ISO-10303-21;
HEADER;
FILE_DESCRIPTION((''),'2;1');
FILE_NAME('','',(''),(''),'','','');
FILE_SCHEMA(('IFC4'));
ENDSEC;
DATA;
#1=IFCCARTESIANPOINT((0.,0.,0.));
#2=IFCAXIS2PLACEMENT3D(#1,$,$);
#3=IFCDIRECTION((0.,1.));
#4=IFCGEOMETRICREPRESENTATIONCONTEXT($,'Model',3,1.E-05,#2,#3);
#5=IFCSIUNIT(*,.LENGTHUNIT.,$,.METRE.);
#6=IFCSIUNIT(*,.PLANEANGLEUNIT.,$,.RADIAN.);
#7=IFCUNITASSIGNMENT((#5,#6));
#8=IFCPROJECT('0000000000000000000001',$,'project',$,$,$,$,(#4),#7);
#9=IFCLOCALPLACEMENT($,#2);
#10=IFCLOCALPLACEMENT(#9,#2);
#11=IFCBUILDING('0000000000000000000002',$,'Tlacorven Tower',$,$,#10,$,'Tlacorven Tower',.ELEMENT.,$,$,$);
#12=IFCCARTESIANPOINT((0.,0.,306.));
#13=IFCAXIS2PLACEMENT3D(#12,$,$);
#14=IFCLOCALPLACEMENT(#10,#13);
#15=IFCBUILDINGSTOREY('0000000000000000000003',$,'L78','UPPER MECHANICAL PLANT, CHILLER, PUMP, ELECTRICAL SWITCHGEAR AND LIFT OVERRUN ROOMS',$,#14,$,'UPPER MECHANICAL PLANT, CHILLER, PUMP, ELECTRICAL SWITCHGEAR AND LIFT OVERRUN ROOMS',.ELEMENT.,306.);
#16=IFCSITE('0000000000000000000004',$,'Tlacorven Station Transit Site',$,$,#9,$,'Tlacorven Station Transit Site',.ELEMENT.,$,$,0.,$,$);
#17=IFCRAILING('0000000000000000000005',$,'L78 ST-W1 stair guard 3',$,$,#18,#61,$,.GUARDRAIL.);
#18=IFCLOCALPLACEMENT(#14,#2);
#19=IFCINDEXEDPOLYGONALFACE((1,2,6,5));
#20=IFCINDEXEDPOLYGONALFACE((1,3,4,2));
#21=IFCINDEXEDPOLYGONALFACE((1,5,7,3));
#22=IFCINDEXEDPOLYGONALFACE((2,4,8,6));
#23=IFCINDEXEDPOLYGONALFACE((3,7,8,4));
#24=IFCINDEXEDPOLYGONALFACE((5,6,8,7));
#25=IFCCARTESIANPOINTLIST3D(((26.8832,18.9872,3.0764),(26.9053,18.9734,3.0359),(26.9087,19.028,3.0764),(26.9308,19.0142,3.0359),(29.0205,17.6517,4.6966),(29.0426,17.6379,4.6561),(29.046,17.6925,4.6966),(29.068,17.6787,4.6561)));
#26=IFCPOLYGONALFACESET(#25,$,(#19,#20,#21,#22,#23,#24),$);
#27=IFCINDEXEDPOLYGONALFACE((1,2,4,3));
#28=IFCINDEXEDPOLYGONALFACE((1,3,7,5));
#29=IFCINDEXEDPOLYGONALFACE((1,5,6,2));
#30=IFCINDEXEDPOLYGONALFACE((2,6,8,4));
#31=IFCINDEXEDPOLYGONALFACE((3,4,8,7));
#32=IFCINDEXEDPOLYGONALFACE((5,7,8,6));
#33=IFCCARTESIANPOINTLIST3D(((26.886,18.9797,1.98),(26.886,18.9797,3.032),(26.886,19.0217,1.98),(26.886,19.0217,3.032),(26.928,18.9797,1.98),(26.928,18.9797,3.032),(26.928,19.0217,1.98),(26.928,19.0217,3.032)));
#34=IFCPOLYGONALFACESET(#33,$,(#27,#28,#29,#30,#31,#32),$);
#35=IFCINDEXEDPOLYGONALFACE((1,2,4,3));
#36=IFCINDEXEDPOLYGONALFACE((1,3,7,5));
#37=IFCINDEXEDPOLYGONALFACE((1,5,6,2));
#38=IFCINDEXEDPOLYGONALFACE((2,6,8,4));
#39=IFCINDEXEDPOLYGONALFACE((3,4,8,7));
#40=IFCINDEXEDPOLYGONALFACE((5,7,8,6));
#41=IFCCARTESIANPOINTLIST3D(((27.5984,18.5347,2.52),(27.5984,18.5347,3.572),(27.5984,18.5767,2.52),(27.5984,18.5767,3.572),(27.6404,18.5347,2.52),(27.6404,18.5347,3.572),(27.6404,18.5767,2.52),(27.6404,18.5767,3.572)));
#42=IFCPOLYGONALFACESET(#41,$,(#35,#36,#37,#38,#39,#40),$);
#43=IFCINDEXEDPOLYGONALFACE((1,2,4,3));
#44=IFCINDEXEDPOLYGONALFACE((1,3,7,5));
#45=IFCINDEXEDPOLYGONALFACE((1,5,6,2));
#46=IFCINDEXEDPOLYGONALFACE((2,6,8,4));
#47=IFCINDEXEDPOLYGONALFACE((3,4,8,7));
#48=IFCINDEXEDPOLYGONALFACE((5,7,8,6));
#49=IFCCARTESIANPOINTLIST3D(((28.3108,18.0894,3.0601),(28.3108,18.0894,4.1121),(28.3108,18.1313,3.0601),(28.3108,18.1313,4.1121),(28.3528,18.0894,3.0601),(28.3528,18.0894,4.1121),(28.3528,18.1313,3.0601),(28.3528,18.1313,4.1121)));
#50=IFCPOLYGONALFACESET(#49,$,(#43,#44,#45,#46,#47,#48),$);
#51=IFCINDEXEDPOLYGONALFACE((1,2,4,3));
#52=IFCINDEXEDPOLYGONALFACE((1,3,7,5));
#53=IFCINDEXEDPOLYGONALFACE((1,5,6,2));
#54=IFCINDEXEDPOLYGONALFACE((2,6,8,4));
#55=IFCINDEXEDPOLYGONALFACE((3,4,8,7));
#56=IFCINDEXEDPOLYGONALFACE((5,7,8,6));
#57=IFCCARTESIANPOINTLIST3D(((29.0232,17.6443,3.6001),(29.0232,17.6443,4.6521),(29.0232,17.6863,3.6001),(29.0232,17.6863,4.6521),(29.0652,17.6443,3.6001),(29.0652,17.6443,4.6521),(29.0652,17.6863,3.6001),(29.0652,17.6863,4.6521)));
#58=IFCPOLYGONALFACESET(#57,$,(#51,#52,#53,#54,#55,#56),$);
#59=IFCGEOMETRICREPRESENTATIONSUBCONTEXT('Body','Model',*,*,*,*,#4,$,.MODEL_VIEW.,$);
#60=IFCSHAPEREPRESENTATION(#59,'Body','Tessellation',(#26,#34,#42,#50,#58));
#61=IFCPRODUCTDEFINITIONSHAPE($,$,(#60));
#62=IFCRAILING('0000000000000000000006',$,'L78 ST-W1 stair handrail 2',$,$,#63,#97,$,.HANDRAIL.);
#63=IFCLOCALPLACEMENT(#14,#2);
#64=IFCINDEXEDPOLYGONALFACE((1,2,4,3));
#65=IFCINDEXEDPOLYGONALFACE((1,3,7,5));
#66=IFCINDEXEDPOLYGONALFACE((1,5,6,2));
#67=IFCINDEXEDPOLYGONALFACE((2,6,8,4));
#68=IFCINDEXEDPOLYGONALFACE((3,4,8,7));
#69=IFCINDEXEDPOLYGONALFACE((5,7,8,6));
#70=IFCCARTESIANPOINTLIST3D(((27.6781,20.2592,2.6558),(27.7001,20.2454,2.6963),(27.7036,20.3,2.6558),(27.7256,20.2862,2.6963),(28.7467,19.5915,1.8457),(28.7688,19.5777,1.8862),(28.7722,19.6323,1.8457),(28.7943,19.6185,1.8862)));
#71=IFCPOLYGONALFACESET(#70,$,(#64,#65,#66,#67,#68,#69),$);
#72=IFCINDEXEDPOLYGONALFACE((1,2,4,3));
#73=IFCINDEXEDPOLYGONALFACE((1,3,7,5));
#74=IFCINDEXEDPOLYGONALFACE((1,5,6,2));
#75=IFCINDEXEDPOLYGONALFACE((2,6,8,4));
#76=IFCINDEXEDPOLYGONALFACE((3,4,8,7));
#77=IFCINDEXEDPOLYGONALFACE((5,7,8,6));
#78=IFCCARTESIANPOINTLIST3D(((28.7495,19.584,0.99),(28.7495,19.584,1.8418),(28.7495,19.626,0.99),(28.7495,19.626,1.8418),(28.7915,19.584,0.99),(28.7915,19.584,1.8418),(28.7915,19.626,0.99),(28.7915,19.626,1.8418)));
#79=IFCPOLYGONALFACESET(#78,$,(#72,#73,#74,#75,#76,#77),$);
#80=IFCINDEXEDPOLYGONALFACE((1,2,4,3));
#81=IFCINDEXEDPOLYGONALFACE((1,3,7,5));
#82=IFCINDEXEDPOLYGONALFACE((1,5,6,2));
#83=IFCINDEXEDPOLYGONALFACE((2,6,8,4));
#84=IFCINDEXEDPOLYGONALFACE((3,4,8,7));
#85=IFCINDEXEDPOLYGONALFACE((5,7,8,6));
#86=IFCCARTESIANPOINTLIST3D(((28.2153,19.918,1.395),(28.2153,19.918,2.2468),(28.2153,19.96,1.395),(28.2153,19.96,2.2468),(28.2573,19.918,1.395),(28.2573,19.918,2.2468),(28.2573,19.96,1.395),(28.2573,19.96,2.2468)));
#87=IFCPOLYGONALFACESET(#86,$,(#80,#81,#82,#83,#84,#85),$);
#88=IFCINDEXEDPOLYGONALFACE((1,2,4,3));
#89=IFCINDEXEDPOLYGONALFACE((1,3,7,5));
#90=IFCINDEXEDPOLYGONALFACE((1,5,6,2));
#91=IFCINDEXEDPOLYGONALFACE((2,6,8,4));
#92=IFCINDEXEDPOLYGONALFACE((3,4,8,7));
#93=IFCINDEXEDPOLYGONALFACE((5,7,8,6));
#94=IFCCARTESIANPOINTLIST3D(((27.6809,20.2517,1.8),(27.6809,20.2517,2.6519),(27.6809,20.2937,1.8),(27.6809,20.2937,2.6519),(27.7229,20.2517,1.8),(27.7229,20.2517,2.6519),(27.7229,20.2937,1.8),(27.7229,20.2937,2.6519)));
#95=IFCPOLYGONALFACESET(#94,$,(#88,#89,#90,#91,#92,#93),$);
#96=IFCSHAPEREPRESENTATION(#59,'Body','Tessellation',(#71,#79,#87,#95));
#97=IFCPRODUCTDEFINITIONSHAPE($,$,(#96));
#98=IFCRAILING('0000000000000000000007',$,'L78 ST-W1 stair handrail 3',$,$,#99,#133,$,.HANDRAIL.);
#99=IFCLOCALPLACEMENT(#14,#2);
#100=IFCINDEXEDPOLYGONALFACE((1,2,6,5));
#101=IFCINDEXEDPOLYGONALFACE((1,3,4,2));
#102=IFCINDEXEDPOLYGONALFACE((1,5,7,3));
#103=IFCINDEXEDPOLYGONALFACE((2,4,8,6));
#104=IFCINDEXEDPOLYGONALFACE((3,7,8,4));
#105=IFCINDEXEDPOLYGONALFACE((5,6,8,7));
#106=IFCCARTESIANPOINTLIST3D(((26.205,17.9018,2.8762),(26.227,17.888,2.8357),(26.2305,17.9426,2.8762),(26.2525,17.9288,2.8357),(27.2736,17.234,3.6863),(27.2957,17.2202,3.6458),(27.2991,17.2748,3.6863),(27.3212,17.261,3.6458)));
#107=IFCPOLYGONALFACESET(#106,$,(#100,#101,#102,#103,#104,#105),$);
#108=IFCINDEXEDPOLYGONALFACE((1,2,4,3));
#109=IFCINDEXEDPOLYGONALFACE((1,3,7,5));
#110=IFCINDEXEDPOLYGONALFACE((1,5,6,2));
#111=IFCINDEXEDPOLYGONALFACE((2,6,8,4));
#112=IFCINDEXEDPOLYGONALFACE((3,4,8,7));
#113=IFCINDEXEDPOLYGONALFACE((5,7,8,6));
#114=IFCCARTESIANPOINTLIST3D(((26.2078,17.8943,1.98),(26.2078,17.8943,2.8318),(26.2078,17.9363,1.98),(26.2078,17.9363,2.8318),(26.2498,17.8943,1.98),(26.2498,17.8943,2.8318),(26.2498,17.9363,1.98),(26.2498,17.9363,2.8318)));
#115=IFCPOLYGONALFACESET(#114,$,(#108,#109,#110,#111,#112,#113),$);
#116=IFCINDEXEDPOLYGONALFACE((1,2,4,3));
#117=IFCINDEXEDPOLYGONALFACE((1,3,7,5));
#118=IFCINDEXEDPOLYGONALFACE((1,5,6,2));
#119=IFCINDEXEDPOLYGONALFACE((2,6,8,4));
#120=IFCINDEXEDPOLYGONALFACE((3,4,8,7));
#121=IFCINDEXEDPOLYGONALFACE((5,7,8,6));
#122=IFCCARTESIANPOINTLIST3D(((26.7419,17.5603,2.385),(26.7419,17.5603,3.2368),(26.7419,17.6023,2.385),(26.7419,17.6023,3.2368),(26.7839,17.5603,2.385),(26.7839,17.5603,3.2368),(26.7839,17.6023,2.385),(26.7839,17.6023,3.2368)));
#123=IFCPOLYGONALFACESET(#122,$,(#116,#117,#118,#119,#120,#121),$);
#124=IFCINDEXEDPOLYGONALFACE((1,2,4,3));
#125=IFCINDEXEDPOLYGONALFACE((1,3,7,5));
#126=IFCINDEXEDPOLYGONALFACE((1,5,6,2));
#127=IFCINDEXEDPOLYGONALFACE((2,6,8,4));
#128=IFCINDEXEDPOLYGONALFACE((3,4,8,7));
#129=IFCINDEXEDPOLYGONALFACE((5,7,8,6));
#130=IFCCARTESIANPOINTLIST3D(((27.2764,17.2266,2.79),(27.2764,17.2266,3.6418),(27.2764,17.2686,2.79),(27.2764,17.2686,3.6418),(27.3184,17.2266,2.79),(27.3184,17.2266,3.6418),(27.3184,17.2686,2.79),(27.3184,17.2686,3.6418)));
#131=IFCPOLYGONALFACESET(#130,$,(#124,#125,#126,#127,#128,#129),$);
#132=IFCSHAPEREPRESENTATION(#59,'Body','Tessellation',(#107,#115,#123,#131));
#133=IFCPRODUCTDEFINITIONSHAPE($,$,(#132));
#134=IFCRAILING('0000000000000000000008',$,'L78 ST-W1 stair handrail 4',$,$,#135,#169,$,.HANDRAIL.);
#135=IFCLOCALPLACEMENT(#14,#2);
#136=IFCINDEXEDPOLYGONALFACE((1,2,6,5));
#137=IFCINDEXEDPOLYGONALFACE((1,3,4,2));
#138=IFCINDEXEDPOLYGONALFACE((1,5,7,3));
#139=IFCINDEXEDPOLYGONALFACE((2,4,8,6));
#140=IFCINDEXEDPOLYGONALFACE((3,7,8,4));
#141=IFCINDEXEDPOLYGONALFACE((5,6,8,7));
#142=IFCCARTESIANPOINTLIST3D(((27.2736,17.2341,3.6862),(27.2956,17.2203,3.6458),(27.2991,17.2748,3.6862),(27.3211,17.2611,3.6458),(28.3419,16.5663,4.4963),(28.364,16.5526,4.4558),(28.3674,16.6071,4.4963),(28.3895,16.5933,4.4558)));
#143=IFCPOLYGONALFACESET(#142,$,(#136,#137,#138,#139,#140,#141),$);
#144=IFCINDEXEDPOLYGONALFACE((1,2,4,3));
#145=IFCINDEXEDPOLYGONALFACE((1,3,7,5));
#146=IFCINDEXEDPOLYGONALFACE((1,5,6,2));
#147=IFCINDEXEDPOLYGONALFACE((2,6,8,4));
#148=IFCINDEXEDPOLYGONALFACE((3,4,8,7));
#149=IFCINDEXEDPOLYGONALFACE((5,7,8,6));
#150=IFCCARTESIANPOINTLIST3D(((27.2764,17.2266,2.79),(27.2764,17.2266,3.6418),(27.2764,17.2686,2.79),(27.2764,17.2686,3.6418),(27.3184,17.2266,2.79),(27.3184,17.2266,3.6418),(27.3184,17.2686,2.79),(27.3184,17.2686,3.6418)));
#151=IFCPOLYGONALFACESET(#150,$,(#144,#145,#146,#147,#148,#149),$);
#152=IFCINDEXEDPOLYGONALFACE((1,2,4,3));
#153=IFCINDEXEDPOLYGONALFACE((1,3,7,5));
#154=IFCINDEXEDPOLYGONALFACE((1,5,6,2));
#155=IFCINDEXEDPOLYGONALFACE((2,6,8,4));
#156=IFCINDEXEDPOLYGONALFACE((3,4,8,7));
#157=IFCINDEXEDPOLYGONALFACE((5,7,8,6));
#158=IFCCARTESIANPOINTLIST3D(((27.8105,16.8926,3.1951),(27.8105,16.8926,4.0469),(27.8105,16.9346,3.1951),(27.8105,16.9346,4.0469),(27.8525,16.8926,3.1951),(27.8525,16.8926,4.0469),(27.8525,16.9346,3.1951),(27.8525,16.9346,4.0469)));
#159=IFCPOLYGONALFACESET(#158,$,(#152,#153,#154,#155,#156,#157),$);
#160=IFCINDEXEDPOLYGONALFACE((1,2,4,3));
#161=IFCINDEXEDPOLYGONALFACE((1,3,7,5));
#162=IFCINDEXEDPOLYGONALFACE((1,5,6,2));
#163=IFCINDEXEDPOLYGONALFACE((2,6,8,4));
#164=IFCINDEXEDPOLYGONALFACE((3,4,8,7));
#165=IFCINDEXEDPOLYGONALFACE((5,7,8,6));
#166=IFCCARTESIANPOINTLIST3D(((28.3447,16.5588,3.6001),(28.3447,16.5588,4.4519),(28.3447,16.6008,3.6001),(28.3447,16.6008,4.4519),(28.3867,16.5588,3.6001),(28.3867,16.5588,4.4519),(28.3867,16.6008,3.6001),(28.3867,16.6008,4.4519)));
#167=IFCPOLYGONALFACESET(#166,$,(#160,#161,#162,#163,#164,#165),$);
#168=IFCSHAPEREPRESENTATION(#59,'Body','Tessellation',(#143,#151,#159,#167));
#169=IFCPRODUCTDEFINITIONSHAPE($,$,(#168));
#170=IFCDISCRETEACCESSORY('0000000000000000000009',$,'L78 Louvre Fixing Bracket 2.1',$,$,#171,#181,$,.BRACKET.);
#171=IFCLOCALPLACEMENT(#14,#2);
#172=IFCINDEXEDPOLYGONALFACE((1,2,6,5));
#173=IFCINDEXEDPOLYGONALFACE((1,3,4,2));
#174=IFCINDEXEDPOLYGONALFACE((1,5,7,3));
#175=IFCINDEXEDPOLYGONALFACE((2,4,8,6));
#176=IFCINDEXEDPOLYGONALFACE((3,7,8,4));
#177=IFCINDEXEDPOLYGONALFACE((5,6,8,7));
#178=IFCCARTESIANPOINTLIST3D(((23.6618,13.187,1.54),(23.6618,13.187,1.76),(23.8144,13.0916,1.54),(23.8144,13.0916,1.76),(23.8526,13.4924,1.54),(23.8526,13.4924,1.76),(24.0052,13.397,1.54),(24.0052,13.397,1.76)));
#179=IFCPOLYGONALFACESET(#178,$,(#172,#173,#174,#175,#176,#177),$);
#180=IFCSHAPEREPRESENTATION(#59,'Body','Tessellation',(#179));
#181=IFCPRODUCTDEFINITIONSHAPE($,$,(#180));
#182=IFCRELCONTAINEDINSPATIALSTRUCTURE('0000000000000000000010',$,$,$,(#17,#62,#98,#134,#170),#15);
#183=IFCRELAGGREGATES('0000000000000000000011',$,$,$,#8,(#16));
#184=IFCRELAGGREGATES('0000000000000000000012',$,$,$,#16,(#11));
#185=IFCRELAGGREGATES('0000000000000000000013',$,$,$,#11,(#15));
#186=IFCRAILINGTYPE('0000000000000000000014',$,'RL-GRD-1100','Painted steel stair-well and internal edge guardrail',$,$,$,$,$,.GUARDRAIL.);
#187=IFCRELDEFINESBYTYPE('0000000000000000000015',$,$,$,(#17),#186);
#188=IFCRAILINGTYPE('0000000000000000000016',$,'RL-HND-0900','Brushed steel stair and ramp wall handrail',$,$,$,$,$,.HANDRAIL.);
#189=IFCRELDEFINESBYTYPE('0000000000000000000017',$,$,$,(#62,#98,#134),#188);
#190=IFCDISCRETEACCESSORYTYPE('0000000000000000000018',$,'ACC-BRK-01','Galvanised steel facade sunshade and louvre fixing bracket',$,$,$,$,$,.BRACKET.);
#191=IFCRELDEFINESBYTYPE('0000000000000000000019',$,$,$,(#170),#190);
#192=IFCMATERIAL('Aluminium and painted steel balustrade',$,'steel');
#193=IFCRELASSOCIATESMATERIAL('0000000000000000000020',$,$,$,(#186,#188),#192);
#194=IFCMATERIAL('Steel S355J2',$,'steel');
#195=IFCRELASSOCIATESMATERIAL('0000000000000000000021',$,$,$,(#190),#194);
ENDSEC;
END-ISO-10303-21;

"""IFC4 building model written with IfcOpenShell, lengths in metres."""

from ifc_helpers import new_model, si_unit, direction, frame, origin, origin_2d, place, context, subcontext, project, spatial, rectangle, extrude, source, transform, mapped, material, type_object, element, save


model = new_model("IFC4")

# Units and contexts
model_context = context("Model", 3, precision=1e-05, world=origin(), true_north=direction((0.0, 1.0)))
body_context = subcontext(model_context, "Body", "Model", "MODEL_VIEW")
ifc_project = project(units=[si_unit("LENGTHUNIT", "METRE"), si_unit("PLANEANGLEUNIT", "RADIAN")], contexts=[model_context])

# Site, building, storey
site_placement = place(None, origin())
site = spatial("IfcSite", under=ifc_project, at=site_placement, Name="Tlacorven Station Transit Site", LongName="Tlacorven Station Transit Site", CompositionType="ELEMENT", RefElevation=0.0)
building_placement = place(site_placement, origin())
building = spatial("IfcBuilding", under=site, at=building_placement, Name="Tlacorven Tower", LongName="Tlacorven Tower", CompositionType="ELEMENT")
storey_placement = place(building_placement, frame((0.0, 0.0, 306.0)))
storey = spatial("IfcBuildingStorey", under=building, at=storey_placement, Name="L78", Description="UPPER MECHANICAL PLANT, CHILLER, PUMP, ELECTRICAL SWITCHGEAR AND LIFT OVERRUN ROOMS", LongName="UPPER MECHANICAL PLANT, CHILLER, PUMP, ELECTRICAL SWITCHGEAR AND LIFT OVERRUN ROOMS", CompositionType="ELEMENT", Elevation=306.0)

# Shared definitions
ifc_material_1 = material(Name="Steel S355J2", Category="steel")

# Shared definitions
ifc_material_2 = material(Name="Aluminium and painted steel balustrade", Category="steel")
railing_type_1 = type_object("IfcRailingType", Name="RL-GRD-1100", Description="Painted steel stair-well and internal edge guardrail", PredefinedType="GUARDRAIL", material=ifc_material_2)

# Railings
shared_shape_1 = source(origin(), body_context, "Body", "SweptSolid", [
    extrude(rectangle(XDim=0.0481, YDim=0.0481, at=origin_2d()), frame((0.0, 0.0, 1.0762), z_axis=(0.71336, -0.445748, 0.540765), x_axis=(0.529912, 0.848053, 0.0)), (0.0, 0.0, 1.0), 2.9961),
    extrude(rectangle(XDim=0.042, YDim=0.042, at=origin_2d()), origin(), (0.0, 0.0, 1.0), 1.052),
    extrude(rectangle(XDim=0.042, YDim=0.042, at=origin_2d()), frame((0.7124, -0.4451, 0.54)), (0.0, 0.0, 1.0), 1.052),
    extrude(rectangle(XDim=0.042, YDim=0.042, at=origin_2d()), frame((1.4248, -0.8904, 1.0801)), (0.0, 0.0, 1.0), 1.052),
    extrude(rectangle(XDim=0.042, YDim=0.042, at=origin_2d()), frame((2.1372, -1.3354, 1.6201)), (0.0, 0.0, 1.0), 1.052),
])
railing_1_placement = place(storey_placement, frame((26.907, 19.0007, 1.98)))
element("IfcRailing", 1, at=railing_1_placement, inside=storey, type_object=railing_type_1, Name="L78 ST-W1 stair guard 3", PredefinedType="GUARDRAIL", context=body_context, shape_type="MappedRepresentation", body=[
    mapped(shared_shape_1, transform((0.0, 0.0, 0.0), scale=1.0)),
])
railing_type_2 = type_object("IfcRailingType", Name="RL-HND-0900", Description="Brushed steel stair and ramp wall handrail", PredefinedType="HANDRAIL", material=ifc_material_2)
shared_shape_2 = source(origin(), body_context, "Body", "SweptSolid", [
    extrude(rectangle(XDim=0.0481, YDim=0.0481, at=origin_2d()), frame((0.0, 0.0, 0.876), z_axis=(-0.71336, 0.445748, 0.540765), x_axis=(-0.529912, -0.848053, 0.0)), (0.0, 0.0, 1.0), 1.498),
    extrude(rectangle(XDim=0.042, YDim=0.042, at=origin_2d()), origin(), (0.0, 0.0, 1.0), 0.8518),
    extrude(rectangle(XDim=0.042, YDim=0.042, at=origin_2d()), frame((-0.5342, 0.334, 0.405)), (0.0, 0.0, 1.0), 0.8518),
    extrude(rectangle(XDim=0.042, YDim=0.042, at=origin_2d()), frame((-1.0686, 0.6677, 0.8101)), (0.0, 0.0, 1.0), 0.8518),
])
railing_2_placement = place(storey_placement, frame((28.7705, 19.605, 0.99)))
element("IfcRailing", 2, at=railing_2_placement, inside=storey, type_object=railing_type_2, Name="L78 ST-W1 stair handrail 2", PredefinedType="HANDRAIL", context=body_context, shape_type="MappedRepresentation", body=[
    mapped(shared_shape_2, transform((0.0, 0.0, 0.0), scale=1.0)),
])
shared_shape_3 = source(origin(), body_context, "Body", "SweptSolid", [
    extrude(rectangle(XDim=0.0481, YDim=0.0481, at=origin_2d()), frame((0.0, 0.0, 0.876), z_axis=(0.71336, -0.445748, 0.540765), x_axis=(0.529912, 0.848053, 0.0)), (0.0, 0.0, 1.0), 1.498),
    extrude(rectangle(XDim=0.042, YDim=0.042, at=origin_2d()), origin(), (0.0, 0.0, 1.0), 0.8518),
    extrude(rectangle(XDim=0.042, YDim=0.042, at=origin_2d()), frame((0.5342, -0.334, 0.405)), (0.0, 0.0, 1.0), 0.8518),
    extrude(rectangle(XDim=0.042, YDim=0.042, at=origin_2d()), frame((1.0686, -0.6677, 0.8101)), (0.0, 0.0, 1.0), 0.8518),
])
railing_3_placement = place(storey_placement, frame((26.2288, 17.9153, 1.98)))
element("IfcRailing", 3, at=railing_3_placement, inside=storey, type_object=railing_type_2, Name="L78 ST-W1 stair handrail 3", PredefinedType="HANDRAIL", context=body_context, shape_type="MappedRepresentation", body=[
    mapped(shared_shape_3, transform((0.0, 0.0, 0.0), scale=1.0)),
])
shared_shape_4 = source(origin(), body_context, "Body", "SweptSolid", [
    extrude(rectangle(XDim=0.0481, YDim=0.0481, at=origin_2d()), frame((0.0, 0.0, 0.876), z_axis=(0.71328, -0.4458, 0.540828), x_axis=(0.529999, 0.847998, 0.0)), (0.0, 0.0, 1.0), 1.4978),
    extrude(rectangle(XDim=0.042, YDim=0.042, at=origin_2d()), origin(), (0.0, 0.0, 1.0), 0.8518),
    extrude(rectangle(XDim=0.042, YDim=0.042, at=origin_2d()), frame((0.5342, -0.334, 0.405)), (0.0, 0.0, 1.0), 0.8518),
    extrude(rectangle(XDim=0.042, YDim=0.042, at=origin_2d()), frame((1.0684, -0.6677, 0.8101)), (0.0, 0.0, 1.0), 0.8518),
])
railing_4_placement = place(storey_placement, frame((27.2974, 17.2476, 2.79)))
element("IfcRailing", 4, at=railing_4_placement, inside=storey, type_object=railing_type_2, Name="L78 ST-W1 stair handrail 4", PredefinedType="HANDRAIL", context=body_context, shape_type="MappedRepresentation", body=[
    mapped(shared_shape_4, transform((0.0, 0.0, 0.0), scale=1.0)),
])

# Discrete accessory
discrete_accessory_type = type_object("IfcDiscreteAccessoryType", Name="ACC-BRK-01", Description="Galvanised steel facade sunshade and louvre fixing bracket", PredefinedType="BRACKET", material=ifc_material_1)
shared_shape_5 = source(origin(), body_context, "Body", "SweptSolid", [
    extrude(rectangle(XDim=0.1799, YDim=0.3601, at=origin_2d()), origin(), (0.0, 0.0, 1.0), 0.22),
])
discrete_accessory_placement = place(storey_placement, frame((23.8335, 13.292, 1.54), z_axis=(0.0, 0.0, 1.0), x_axis=(-0.848048, 0.529919, 0.0)))
element("IfcDiscreteAccessory", 5, at=discrete_accessory_placement, inside=storey, type_object=discrete_accessory_type, Name="L78 Louvre Fixing Bracket 2.1", PredefinedType="BRACKET", context=body_context, shape_type="MappedRepresentation", body=[
    mapped(shared_shape_5, transform((0.0, 0.0, 0.0), scale=1.0)),
])

save(model, "model.ifc")
